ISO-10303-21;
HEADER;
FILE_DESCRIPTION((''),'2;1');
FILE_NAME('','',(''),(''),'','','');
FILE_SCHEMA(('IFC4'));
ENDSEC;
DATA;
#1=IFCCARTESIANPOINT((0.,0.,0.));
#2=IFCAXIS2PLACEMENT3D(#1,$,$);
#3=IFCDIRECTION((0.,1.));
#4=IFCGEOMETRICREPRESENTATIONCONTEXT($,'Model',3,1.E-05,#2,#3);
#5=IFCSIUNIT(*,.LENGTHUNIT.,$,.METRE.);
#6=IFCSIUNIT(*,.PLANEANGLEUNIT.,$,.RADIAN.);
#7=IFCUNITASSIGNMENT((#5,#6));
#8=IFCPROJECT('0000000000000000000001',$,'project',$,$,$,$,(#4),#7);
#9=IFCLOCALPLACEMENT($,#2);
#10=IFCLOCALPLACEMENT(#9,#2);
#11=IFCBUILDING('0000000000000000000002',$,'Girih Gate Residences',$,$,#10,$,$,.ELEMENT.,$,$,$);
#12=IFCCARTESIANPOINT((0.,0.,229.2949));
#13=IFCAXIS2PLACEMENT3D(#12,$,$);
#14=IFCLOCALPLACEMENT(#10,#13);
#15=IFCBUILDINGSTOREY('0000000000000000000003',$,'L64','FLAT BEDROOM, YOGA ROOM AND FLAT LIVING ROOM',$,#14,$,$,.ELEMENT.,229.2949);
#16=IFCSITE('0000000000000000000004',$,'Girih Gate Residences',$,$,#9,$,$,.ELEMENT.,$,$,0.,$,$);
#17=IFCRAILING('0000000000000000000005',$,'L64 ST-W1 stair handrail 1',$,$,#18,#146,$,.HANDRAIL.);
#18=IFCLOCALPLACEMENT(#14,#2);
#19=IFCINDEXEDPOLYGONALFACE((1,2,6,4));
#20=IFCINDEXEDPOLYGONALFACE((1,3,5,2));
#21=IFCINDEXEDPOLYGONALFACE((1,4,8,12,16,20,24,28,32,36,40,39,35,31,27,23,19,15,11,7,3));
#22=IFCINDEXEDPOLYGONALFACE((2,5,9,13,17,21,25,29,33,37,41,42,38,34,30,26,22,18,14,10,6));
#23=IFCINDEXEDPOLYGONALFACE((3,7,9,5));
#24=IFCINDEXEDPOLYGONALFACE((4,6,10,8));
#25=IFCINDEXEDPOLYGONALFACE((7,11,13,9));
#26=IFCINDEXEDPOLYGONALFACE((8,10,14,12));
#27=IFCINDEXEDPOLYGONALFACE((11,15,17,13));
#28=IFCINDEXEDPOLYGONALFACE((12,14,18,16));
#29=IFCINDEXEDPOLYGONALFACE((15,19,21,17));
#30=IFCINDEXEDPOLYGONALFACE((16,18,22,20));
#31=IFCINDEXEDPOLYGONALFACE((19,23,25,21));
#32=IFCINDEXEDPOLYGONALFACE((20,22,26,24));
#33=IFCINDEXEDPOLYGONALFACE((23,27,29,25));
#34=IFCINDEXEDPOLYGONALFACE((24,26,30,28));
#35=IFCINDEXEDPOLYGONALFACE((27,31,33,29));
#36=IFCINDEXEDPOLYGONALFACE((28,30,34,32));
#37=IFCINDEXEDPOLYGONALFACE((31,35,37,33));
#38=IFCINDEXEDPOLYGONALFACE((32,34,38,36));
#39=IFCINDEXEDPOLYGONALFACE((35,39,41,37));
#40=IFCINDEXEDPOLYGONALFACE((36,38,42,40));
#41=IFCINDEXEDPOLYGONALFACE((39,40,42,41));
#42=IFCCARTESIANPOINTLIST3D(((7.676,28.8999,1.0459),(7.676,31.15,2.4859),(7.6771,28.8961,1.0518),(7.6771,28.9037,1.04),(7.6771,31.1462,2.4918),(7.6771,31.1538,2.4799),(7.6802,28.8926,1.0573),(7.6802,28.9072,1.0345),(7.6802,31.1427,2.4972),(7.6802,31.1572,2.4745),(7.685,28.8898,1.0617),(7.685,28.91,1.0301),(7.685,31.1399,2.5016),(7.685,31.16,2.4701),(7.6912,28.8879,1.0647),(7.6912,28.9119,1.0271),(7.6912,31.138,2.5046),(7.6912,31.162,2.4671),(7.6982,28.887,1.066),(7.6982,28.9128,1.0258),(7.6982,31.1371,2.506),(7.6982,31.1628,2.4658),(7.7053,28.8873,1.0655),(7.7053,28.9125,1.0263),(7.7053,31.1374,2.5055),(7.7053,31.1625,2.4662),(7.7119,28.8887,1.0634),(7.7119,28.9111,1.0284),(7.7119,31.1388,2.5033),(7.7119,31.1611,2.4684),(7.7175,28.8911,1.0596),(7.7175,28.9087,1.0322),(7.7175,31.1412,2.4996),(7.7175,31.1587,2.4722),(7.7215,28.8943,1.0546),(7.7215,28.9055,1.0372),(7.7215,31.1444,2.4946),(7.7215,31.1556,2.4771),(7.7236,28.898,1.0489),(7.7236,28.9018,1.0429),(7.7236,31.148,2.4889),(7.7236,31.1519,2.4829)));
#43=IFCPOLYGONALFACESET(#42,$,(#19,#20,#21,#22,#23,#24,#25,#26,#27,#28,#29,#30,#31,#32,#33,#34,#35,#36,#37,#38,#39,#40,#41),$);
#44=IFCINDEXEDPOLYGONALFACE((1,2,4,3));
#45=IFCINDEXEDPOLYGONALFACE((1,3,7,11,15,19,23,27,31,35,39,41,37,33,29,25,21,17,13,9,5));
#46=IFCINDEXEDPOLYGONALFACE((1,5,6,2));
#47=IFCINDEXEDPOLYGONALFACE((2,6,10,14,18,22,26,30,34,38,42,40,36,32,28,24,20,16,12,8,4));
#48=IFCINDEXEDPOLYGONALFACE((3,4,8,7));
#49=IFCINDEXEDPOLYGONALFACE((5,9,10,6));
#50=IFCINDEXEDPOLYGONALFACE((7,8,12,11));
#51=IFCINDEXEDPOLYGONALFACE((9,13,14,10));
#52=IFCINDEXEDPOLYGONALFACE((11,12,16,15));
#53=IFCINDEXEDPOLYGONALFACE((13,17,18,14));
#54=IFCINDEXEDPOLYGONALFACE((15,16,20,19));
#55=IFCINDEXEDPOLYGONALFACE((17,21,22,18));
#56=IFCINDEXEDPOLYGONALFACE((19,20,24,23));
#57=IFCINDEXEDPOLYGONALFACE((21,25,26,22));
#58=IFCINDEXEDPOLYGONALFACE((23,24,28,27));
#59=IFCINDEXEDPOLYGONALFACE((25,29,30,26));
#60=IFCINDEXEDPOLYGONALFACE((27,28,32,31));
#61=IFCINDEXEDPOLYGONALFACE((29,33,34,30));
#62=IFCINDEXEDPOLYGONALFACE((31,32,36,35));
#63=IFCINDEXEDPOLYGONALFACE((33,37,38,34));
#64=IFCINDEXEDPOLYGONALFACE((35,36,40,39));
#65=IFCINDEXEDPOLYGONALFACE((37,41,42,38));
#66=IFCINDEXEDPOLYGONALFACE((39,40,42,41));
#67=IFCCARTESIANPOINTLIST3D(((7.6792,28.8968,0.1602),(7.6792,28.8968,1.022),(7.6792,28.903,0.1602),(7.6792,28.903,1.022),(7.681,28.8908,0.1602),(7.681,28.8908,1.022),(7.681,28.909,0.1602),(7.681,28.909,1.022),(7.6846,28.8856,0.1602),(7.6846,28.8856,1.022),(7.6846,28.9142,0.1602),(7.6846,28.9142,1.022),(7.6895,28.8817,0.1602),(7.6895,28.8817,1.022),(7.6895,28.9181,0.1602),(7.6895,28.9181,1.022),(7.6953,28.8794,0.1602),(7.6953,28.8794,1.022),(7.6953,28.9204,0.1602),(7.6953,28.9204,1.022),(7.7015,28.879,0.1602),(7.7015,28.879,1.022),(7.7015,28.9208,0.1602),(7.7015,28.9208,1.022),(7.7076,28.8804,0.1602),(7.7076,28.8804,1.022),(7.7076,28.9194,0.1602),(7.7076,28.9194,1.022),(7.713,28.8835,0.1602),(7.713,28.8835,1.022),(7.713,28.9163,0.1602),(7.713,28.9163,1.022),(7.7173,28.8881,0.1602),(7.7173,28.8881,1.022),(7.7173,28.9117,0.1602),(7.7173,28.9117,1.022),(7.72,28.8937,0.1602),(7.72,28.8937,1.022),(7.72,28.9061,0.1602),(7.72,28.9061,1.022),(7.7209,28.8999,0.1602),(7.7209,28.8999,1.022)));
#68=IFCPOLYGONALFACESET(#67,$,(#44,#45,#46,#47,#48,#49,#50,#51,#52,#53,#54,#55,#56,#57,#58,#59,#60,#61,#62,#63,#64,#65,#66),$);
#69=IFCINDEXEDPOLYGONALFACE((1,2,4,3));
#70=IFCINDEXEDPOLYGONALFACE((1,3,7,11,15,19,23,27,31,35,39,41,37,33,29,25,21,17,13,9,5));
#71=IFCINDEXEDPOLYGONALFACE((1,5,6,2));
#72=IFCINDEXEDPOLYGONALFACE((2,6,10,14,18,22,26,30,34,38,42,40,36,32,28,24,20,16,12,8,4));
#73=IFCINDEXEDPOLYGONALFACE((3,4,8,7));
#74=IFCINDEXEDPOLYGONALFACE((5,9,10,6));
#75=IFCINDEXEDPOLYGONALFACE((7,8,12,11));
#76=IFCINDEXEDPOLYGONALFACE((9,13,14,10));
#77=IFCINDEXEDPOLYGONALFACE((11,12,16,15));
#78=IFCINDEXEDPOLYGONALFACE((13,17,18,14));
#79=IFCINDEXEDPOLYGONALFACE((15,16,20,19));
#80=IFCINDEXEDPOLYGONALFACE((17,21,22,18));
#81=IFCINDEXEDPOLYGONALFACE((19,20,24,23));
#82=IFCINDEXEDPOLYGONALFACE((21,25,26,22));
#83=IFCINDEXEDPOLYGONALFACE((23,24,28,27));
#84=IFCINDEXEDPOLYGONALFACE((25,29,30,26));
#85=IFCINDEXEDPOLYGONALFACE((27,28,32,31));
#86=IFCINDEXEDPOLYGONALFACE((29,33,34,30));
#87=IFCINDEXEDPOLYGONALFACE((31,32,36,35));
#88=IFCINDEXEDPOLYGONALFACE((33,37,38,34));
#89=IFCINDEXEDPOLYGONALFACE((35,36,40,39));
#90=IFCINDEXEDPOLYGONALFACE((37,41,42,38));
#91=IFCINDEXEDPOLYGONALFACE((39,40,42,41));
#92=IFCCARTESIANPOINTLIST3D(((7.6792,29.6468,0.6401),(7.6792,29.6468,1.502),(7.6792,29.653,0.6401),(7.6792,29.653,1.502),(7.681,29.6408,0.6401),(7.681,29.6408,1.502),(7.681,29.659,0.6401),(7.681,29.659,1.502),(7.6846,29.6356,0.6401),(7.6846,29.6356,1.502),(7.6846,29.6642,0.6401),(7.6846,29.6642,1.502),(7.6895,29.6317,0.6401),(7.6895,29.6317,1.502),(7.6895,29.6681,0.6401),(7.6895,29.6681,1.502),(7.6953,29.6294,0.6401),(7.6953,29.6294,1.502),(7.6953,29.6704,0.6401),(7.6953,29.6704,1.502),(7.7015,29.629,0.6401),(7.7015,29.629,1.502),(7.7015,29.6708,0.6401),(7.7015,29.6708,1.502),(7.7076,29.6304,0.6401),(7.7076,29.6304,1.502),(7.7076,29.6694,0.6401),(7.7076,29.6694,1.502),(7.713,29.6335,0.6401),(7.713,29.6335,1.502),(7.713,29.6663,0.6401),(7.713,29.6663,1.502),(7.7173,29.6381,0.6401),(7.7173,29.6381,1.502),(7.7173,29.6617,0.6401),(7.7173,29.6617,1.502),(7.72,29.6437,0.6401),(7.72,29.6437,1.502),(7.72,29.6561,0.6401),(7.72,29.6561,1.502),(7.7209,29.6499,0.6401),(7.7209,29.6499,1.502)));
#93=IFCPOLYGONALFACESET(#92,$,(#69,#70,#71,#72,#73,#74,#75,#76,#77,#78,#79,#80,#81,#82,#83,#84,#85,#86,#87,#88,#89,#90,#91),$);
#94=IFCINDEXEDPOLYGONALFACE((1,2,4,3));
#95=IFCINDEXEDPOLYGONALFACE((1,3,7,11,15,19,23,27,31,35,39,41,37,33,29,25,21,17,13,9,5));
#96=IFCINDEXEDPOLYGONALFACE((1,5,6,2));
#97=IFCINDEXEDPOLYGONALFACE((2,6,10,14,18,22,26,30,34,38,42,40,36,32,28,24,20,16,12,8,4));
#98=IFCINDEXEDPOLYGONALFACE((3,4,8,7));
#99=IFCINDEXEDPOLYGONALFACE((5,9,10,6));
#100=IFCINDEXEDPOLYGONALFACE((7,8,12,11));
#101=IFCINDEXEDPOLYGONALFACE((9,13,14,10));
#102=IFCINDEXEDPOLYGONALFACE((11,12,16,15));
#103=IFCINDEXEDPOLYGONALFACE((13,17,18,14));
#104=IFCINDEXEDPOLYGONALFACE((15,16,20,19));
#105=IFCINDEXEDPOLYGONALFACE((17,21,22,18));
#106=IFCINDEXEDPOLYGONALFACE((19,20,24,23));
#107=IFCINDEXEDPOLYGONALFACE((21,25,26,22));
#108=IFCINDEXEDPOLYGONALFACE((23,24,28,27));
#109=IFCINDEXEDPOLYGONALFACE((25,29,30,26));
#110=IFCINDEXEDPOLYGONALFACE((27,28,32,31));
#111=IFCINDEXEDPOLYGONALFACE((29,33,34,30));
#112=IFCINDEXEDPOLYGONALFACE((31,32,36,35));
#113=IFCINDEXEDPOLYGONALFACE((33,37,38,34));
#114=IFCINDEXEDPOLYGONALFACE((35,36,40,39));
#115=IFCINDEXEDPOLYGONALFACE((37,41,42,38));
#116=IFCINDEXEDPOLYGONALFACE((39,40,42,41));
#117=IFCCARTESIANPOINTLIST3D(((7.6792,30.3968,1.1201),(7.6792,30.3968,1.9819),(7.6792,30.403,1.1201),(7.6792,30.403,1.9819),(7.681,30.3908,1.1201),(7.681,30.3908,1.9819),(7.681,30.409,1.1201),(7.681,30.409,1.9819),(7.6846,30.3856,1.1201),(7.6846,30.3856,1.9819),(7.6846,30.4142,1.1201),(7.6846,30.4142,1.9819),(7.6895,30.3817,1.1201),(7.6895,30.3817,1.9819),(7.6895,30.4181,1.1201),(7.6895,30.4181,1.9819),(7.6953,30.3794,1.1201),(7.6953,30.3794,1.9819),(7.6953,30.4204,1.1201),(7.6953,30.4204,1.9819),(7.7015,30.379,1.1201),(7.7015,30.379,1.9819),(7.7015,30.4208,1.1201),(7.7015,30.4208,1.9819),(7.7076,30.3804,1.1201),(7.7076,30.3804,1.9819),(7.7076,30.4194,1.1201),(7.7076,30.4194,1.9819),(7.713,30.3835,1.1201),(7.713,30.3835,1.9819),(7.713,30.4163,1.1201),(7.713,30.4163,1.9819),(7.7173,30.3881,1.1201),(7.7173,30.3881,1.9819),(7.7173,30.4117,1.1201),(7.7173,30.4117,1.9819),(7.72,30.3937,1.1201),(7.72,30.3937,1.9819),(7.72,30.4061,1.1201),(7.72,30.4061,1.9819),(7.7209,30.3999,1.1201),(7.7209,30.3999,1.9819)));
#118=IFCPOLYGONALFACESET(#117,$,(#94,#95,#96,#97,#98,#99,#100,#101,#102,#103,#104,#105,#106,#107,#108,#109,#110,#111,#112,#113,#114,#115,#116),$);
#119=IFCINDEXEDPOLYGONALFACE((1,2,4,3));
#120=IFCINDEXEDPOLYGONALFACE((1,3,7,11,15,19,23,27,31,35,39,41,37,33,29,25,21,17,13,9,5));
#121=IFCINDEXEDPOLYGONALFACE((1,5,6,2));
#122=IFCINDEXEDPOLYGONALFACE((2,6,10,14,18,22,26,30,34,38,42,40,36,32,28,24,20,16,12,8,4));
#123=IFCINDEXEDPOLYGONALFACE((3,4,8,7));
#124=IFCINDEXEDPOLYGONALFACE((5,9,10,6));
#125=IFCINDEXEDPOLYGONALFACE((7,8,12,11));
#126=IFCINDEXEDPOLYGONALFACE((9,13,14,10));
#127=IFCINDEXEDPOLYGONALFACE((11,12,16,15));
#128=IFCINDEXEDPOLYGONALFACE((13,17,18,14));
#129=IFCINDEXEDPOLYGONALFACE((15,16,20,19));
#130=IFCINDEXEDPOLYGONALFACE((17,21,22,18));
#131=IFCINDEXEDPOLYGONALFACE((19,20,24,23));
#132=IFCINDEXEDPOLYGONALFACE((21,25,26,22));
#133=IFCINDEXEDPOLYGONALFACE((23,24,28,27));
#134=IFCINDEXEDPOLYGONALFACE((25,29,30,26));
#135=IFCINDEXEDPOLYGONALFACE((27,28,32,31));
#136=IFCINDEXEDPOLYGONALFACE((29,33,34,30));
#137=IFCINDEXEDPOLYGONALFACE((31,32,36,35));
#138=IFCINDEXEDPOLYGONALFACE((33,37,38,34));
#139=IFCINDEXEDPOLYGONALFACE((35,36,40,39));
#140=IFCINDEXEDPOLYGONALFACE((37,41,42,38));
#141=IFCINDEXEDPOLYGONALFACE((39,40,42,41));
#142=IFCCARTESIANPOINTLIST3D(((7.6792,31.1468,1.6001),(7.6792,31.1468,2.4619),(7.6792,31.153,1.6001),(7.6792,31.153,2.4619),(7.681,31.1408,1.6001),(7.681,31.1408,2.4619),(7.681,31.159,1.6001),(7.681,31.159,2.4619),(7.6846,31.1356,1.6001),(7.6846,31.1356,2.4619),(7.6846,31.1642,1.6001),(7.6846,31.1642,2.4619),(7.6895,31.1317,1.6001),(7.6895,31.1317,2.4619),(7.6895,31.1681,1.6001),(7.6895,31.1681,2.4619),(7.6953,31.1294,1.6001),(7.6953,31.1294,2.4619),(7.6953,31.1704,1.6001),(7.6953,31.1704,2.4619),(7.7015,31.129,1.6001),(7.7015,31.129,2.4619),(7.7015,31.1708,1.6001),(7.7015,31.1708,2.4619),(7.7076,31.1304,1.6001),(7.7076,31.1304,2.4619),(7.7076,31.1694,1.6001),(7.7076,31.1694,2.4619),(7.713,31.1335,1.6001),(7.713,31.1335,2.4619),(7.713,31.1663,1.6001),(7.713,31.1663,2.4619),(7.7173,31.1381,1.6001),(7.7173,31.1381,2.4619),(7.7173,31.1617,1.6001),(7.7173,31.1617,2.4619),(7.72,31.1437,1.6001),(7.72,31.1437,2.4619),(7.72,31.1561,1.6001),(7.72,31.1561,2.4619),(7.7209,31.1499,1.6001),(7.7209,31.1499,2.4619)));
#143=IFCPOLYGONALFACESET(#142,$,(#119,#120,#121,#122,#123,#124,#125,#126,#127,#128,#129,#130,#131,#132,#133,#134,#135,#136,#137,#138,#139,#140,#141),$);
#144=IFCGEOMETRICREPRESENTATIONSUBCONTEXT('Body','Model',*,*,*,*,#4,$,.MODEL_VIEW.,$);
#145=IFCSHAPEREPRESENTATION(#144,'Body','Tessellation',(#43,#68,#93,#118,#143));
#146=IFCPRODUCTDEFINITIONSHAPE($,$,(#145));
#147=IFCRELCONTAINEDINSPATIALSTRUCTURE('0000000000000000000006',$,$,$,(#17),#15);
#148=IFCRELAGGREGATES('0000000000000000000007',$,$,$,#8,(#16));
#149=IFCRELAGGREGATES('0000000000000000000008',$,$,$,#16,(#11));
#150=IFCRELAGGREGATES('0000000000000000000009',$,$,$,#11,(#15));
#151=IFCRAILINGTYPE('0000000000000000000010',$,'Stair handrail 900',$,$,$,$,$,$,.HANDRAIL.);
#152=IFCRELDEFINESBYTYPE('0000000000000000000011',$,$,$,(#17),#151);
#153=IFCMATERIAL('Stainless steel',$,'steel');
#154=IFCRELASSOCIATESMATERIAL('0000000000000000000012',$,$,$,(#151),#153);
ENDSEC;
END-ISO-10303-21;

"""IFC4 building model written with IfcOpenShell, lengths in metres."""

from ifc_helpers import new_model, si_unit, direction, frame, origin, origin_2d, place, context, subcontext, project, spatial, circle, extrude, material, type_object, element, save


model = new_model("IFC4")

# Units and contexts
model_context = context("Model", 3, precision=1e-05, world=origin(), true_north=direction((0.0, 1.0)))
body_context = subcontext(model_context, "Body", "Model", "MODEL_VIEW")
ifc_project = project(units=[si_unit("LENGTHUNIT", "METRE"), si_unit("PLANEANGLEUNIT", "RADIAN")], contexts=[model_context])

# Site, building, storey
site_placement = place(None, origin())
site = spatial("IfcSite", under=ifc_project, at=site_placement, Name="Girih Gate Residences", CompositionType="ELEMENT", RefElevation=0.0)
building_placement = place(site_placement, origin())
building = spatial("IfcBuilding", under=site, at=building_placement, Name="Girih Gate Residences", CompositionType="ELEMENT")
storey_placement = place(building_placement, frame((0.0, 0.0, 229.2949)))
storey = spatial("IfcBuildingStorey", under=building, at=storey_placement, Name="L64", Description="FLAT BEDROOM, YOGA ROOM AND FLAT LIVING ROOM", CompositionType="ELEMENT", Elevation=229.2949)

# Railing
ifc_material_1 = material(Name="Stainless steel", Category="steel")
railing_type_1 = type_object("IfcRailingType", Name="Stair handrail 900", PredefinedType="HANDRAIL", material=ifc_material_1)
railing_1_placement = place(storey_placement, frame((7.7, 28.8999, 0.1602)))
element("IfcRailing", 1, at=railing_1_placement, inside=storey, type_object=railing_type_1, Name="L64 ST-W1 stair handrail 1", PredefinedType="HANDRAIL", context=body_context, shape_type="SweptSolid", body=[
    extrude(circle(Radius=0.0239, at=origin_2d()), frame((0.0, 0.0, 0.8857), z_axis=(0.0, 0.842281, 0.539038), x_axis=(-1.0, 0.0, 0.0)), (0.0, 0.0, 1.0), 2.6714),
    extrude(circle(Radius=0.021, at=origin_2d()), origin(), (0.0, 0.0, 1.0), 0.8618),
    extrude(circle(Radius=0.021, at=origin_2d()), frame((0.0, 0.75, 0.48)), (0.0, 0.0, 1.0), 0.8618),
    extrude(circle(Radius=0.021, at=origin_2d()), frame((0.0, 1.5, 0.96)), (0.0, 0.0, 1.0), 0.8618),
    extrude(circle(Radius=0.021, at=origin_2d()), frame((0.0, 2.25, 1.4399)), (0.0, 0.0, 1.0), 0.8618),
])

save(model, "model.ifc")
